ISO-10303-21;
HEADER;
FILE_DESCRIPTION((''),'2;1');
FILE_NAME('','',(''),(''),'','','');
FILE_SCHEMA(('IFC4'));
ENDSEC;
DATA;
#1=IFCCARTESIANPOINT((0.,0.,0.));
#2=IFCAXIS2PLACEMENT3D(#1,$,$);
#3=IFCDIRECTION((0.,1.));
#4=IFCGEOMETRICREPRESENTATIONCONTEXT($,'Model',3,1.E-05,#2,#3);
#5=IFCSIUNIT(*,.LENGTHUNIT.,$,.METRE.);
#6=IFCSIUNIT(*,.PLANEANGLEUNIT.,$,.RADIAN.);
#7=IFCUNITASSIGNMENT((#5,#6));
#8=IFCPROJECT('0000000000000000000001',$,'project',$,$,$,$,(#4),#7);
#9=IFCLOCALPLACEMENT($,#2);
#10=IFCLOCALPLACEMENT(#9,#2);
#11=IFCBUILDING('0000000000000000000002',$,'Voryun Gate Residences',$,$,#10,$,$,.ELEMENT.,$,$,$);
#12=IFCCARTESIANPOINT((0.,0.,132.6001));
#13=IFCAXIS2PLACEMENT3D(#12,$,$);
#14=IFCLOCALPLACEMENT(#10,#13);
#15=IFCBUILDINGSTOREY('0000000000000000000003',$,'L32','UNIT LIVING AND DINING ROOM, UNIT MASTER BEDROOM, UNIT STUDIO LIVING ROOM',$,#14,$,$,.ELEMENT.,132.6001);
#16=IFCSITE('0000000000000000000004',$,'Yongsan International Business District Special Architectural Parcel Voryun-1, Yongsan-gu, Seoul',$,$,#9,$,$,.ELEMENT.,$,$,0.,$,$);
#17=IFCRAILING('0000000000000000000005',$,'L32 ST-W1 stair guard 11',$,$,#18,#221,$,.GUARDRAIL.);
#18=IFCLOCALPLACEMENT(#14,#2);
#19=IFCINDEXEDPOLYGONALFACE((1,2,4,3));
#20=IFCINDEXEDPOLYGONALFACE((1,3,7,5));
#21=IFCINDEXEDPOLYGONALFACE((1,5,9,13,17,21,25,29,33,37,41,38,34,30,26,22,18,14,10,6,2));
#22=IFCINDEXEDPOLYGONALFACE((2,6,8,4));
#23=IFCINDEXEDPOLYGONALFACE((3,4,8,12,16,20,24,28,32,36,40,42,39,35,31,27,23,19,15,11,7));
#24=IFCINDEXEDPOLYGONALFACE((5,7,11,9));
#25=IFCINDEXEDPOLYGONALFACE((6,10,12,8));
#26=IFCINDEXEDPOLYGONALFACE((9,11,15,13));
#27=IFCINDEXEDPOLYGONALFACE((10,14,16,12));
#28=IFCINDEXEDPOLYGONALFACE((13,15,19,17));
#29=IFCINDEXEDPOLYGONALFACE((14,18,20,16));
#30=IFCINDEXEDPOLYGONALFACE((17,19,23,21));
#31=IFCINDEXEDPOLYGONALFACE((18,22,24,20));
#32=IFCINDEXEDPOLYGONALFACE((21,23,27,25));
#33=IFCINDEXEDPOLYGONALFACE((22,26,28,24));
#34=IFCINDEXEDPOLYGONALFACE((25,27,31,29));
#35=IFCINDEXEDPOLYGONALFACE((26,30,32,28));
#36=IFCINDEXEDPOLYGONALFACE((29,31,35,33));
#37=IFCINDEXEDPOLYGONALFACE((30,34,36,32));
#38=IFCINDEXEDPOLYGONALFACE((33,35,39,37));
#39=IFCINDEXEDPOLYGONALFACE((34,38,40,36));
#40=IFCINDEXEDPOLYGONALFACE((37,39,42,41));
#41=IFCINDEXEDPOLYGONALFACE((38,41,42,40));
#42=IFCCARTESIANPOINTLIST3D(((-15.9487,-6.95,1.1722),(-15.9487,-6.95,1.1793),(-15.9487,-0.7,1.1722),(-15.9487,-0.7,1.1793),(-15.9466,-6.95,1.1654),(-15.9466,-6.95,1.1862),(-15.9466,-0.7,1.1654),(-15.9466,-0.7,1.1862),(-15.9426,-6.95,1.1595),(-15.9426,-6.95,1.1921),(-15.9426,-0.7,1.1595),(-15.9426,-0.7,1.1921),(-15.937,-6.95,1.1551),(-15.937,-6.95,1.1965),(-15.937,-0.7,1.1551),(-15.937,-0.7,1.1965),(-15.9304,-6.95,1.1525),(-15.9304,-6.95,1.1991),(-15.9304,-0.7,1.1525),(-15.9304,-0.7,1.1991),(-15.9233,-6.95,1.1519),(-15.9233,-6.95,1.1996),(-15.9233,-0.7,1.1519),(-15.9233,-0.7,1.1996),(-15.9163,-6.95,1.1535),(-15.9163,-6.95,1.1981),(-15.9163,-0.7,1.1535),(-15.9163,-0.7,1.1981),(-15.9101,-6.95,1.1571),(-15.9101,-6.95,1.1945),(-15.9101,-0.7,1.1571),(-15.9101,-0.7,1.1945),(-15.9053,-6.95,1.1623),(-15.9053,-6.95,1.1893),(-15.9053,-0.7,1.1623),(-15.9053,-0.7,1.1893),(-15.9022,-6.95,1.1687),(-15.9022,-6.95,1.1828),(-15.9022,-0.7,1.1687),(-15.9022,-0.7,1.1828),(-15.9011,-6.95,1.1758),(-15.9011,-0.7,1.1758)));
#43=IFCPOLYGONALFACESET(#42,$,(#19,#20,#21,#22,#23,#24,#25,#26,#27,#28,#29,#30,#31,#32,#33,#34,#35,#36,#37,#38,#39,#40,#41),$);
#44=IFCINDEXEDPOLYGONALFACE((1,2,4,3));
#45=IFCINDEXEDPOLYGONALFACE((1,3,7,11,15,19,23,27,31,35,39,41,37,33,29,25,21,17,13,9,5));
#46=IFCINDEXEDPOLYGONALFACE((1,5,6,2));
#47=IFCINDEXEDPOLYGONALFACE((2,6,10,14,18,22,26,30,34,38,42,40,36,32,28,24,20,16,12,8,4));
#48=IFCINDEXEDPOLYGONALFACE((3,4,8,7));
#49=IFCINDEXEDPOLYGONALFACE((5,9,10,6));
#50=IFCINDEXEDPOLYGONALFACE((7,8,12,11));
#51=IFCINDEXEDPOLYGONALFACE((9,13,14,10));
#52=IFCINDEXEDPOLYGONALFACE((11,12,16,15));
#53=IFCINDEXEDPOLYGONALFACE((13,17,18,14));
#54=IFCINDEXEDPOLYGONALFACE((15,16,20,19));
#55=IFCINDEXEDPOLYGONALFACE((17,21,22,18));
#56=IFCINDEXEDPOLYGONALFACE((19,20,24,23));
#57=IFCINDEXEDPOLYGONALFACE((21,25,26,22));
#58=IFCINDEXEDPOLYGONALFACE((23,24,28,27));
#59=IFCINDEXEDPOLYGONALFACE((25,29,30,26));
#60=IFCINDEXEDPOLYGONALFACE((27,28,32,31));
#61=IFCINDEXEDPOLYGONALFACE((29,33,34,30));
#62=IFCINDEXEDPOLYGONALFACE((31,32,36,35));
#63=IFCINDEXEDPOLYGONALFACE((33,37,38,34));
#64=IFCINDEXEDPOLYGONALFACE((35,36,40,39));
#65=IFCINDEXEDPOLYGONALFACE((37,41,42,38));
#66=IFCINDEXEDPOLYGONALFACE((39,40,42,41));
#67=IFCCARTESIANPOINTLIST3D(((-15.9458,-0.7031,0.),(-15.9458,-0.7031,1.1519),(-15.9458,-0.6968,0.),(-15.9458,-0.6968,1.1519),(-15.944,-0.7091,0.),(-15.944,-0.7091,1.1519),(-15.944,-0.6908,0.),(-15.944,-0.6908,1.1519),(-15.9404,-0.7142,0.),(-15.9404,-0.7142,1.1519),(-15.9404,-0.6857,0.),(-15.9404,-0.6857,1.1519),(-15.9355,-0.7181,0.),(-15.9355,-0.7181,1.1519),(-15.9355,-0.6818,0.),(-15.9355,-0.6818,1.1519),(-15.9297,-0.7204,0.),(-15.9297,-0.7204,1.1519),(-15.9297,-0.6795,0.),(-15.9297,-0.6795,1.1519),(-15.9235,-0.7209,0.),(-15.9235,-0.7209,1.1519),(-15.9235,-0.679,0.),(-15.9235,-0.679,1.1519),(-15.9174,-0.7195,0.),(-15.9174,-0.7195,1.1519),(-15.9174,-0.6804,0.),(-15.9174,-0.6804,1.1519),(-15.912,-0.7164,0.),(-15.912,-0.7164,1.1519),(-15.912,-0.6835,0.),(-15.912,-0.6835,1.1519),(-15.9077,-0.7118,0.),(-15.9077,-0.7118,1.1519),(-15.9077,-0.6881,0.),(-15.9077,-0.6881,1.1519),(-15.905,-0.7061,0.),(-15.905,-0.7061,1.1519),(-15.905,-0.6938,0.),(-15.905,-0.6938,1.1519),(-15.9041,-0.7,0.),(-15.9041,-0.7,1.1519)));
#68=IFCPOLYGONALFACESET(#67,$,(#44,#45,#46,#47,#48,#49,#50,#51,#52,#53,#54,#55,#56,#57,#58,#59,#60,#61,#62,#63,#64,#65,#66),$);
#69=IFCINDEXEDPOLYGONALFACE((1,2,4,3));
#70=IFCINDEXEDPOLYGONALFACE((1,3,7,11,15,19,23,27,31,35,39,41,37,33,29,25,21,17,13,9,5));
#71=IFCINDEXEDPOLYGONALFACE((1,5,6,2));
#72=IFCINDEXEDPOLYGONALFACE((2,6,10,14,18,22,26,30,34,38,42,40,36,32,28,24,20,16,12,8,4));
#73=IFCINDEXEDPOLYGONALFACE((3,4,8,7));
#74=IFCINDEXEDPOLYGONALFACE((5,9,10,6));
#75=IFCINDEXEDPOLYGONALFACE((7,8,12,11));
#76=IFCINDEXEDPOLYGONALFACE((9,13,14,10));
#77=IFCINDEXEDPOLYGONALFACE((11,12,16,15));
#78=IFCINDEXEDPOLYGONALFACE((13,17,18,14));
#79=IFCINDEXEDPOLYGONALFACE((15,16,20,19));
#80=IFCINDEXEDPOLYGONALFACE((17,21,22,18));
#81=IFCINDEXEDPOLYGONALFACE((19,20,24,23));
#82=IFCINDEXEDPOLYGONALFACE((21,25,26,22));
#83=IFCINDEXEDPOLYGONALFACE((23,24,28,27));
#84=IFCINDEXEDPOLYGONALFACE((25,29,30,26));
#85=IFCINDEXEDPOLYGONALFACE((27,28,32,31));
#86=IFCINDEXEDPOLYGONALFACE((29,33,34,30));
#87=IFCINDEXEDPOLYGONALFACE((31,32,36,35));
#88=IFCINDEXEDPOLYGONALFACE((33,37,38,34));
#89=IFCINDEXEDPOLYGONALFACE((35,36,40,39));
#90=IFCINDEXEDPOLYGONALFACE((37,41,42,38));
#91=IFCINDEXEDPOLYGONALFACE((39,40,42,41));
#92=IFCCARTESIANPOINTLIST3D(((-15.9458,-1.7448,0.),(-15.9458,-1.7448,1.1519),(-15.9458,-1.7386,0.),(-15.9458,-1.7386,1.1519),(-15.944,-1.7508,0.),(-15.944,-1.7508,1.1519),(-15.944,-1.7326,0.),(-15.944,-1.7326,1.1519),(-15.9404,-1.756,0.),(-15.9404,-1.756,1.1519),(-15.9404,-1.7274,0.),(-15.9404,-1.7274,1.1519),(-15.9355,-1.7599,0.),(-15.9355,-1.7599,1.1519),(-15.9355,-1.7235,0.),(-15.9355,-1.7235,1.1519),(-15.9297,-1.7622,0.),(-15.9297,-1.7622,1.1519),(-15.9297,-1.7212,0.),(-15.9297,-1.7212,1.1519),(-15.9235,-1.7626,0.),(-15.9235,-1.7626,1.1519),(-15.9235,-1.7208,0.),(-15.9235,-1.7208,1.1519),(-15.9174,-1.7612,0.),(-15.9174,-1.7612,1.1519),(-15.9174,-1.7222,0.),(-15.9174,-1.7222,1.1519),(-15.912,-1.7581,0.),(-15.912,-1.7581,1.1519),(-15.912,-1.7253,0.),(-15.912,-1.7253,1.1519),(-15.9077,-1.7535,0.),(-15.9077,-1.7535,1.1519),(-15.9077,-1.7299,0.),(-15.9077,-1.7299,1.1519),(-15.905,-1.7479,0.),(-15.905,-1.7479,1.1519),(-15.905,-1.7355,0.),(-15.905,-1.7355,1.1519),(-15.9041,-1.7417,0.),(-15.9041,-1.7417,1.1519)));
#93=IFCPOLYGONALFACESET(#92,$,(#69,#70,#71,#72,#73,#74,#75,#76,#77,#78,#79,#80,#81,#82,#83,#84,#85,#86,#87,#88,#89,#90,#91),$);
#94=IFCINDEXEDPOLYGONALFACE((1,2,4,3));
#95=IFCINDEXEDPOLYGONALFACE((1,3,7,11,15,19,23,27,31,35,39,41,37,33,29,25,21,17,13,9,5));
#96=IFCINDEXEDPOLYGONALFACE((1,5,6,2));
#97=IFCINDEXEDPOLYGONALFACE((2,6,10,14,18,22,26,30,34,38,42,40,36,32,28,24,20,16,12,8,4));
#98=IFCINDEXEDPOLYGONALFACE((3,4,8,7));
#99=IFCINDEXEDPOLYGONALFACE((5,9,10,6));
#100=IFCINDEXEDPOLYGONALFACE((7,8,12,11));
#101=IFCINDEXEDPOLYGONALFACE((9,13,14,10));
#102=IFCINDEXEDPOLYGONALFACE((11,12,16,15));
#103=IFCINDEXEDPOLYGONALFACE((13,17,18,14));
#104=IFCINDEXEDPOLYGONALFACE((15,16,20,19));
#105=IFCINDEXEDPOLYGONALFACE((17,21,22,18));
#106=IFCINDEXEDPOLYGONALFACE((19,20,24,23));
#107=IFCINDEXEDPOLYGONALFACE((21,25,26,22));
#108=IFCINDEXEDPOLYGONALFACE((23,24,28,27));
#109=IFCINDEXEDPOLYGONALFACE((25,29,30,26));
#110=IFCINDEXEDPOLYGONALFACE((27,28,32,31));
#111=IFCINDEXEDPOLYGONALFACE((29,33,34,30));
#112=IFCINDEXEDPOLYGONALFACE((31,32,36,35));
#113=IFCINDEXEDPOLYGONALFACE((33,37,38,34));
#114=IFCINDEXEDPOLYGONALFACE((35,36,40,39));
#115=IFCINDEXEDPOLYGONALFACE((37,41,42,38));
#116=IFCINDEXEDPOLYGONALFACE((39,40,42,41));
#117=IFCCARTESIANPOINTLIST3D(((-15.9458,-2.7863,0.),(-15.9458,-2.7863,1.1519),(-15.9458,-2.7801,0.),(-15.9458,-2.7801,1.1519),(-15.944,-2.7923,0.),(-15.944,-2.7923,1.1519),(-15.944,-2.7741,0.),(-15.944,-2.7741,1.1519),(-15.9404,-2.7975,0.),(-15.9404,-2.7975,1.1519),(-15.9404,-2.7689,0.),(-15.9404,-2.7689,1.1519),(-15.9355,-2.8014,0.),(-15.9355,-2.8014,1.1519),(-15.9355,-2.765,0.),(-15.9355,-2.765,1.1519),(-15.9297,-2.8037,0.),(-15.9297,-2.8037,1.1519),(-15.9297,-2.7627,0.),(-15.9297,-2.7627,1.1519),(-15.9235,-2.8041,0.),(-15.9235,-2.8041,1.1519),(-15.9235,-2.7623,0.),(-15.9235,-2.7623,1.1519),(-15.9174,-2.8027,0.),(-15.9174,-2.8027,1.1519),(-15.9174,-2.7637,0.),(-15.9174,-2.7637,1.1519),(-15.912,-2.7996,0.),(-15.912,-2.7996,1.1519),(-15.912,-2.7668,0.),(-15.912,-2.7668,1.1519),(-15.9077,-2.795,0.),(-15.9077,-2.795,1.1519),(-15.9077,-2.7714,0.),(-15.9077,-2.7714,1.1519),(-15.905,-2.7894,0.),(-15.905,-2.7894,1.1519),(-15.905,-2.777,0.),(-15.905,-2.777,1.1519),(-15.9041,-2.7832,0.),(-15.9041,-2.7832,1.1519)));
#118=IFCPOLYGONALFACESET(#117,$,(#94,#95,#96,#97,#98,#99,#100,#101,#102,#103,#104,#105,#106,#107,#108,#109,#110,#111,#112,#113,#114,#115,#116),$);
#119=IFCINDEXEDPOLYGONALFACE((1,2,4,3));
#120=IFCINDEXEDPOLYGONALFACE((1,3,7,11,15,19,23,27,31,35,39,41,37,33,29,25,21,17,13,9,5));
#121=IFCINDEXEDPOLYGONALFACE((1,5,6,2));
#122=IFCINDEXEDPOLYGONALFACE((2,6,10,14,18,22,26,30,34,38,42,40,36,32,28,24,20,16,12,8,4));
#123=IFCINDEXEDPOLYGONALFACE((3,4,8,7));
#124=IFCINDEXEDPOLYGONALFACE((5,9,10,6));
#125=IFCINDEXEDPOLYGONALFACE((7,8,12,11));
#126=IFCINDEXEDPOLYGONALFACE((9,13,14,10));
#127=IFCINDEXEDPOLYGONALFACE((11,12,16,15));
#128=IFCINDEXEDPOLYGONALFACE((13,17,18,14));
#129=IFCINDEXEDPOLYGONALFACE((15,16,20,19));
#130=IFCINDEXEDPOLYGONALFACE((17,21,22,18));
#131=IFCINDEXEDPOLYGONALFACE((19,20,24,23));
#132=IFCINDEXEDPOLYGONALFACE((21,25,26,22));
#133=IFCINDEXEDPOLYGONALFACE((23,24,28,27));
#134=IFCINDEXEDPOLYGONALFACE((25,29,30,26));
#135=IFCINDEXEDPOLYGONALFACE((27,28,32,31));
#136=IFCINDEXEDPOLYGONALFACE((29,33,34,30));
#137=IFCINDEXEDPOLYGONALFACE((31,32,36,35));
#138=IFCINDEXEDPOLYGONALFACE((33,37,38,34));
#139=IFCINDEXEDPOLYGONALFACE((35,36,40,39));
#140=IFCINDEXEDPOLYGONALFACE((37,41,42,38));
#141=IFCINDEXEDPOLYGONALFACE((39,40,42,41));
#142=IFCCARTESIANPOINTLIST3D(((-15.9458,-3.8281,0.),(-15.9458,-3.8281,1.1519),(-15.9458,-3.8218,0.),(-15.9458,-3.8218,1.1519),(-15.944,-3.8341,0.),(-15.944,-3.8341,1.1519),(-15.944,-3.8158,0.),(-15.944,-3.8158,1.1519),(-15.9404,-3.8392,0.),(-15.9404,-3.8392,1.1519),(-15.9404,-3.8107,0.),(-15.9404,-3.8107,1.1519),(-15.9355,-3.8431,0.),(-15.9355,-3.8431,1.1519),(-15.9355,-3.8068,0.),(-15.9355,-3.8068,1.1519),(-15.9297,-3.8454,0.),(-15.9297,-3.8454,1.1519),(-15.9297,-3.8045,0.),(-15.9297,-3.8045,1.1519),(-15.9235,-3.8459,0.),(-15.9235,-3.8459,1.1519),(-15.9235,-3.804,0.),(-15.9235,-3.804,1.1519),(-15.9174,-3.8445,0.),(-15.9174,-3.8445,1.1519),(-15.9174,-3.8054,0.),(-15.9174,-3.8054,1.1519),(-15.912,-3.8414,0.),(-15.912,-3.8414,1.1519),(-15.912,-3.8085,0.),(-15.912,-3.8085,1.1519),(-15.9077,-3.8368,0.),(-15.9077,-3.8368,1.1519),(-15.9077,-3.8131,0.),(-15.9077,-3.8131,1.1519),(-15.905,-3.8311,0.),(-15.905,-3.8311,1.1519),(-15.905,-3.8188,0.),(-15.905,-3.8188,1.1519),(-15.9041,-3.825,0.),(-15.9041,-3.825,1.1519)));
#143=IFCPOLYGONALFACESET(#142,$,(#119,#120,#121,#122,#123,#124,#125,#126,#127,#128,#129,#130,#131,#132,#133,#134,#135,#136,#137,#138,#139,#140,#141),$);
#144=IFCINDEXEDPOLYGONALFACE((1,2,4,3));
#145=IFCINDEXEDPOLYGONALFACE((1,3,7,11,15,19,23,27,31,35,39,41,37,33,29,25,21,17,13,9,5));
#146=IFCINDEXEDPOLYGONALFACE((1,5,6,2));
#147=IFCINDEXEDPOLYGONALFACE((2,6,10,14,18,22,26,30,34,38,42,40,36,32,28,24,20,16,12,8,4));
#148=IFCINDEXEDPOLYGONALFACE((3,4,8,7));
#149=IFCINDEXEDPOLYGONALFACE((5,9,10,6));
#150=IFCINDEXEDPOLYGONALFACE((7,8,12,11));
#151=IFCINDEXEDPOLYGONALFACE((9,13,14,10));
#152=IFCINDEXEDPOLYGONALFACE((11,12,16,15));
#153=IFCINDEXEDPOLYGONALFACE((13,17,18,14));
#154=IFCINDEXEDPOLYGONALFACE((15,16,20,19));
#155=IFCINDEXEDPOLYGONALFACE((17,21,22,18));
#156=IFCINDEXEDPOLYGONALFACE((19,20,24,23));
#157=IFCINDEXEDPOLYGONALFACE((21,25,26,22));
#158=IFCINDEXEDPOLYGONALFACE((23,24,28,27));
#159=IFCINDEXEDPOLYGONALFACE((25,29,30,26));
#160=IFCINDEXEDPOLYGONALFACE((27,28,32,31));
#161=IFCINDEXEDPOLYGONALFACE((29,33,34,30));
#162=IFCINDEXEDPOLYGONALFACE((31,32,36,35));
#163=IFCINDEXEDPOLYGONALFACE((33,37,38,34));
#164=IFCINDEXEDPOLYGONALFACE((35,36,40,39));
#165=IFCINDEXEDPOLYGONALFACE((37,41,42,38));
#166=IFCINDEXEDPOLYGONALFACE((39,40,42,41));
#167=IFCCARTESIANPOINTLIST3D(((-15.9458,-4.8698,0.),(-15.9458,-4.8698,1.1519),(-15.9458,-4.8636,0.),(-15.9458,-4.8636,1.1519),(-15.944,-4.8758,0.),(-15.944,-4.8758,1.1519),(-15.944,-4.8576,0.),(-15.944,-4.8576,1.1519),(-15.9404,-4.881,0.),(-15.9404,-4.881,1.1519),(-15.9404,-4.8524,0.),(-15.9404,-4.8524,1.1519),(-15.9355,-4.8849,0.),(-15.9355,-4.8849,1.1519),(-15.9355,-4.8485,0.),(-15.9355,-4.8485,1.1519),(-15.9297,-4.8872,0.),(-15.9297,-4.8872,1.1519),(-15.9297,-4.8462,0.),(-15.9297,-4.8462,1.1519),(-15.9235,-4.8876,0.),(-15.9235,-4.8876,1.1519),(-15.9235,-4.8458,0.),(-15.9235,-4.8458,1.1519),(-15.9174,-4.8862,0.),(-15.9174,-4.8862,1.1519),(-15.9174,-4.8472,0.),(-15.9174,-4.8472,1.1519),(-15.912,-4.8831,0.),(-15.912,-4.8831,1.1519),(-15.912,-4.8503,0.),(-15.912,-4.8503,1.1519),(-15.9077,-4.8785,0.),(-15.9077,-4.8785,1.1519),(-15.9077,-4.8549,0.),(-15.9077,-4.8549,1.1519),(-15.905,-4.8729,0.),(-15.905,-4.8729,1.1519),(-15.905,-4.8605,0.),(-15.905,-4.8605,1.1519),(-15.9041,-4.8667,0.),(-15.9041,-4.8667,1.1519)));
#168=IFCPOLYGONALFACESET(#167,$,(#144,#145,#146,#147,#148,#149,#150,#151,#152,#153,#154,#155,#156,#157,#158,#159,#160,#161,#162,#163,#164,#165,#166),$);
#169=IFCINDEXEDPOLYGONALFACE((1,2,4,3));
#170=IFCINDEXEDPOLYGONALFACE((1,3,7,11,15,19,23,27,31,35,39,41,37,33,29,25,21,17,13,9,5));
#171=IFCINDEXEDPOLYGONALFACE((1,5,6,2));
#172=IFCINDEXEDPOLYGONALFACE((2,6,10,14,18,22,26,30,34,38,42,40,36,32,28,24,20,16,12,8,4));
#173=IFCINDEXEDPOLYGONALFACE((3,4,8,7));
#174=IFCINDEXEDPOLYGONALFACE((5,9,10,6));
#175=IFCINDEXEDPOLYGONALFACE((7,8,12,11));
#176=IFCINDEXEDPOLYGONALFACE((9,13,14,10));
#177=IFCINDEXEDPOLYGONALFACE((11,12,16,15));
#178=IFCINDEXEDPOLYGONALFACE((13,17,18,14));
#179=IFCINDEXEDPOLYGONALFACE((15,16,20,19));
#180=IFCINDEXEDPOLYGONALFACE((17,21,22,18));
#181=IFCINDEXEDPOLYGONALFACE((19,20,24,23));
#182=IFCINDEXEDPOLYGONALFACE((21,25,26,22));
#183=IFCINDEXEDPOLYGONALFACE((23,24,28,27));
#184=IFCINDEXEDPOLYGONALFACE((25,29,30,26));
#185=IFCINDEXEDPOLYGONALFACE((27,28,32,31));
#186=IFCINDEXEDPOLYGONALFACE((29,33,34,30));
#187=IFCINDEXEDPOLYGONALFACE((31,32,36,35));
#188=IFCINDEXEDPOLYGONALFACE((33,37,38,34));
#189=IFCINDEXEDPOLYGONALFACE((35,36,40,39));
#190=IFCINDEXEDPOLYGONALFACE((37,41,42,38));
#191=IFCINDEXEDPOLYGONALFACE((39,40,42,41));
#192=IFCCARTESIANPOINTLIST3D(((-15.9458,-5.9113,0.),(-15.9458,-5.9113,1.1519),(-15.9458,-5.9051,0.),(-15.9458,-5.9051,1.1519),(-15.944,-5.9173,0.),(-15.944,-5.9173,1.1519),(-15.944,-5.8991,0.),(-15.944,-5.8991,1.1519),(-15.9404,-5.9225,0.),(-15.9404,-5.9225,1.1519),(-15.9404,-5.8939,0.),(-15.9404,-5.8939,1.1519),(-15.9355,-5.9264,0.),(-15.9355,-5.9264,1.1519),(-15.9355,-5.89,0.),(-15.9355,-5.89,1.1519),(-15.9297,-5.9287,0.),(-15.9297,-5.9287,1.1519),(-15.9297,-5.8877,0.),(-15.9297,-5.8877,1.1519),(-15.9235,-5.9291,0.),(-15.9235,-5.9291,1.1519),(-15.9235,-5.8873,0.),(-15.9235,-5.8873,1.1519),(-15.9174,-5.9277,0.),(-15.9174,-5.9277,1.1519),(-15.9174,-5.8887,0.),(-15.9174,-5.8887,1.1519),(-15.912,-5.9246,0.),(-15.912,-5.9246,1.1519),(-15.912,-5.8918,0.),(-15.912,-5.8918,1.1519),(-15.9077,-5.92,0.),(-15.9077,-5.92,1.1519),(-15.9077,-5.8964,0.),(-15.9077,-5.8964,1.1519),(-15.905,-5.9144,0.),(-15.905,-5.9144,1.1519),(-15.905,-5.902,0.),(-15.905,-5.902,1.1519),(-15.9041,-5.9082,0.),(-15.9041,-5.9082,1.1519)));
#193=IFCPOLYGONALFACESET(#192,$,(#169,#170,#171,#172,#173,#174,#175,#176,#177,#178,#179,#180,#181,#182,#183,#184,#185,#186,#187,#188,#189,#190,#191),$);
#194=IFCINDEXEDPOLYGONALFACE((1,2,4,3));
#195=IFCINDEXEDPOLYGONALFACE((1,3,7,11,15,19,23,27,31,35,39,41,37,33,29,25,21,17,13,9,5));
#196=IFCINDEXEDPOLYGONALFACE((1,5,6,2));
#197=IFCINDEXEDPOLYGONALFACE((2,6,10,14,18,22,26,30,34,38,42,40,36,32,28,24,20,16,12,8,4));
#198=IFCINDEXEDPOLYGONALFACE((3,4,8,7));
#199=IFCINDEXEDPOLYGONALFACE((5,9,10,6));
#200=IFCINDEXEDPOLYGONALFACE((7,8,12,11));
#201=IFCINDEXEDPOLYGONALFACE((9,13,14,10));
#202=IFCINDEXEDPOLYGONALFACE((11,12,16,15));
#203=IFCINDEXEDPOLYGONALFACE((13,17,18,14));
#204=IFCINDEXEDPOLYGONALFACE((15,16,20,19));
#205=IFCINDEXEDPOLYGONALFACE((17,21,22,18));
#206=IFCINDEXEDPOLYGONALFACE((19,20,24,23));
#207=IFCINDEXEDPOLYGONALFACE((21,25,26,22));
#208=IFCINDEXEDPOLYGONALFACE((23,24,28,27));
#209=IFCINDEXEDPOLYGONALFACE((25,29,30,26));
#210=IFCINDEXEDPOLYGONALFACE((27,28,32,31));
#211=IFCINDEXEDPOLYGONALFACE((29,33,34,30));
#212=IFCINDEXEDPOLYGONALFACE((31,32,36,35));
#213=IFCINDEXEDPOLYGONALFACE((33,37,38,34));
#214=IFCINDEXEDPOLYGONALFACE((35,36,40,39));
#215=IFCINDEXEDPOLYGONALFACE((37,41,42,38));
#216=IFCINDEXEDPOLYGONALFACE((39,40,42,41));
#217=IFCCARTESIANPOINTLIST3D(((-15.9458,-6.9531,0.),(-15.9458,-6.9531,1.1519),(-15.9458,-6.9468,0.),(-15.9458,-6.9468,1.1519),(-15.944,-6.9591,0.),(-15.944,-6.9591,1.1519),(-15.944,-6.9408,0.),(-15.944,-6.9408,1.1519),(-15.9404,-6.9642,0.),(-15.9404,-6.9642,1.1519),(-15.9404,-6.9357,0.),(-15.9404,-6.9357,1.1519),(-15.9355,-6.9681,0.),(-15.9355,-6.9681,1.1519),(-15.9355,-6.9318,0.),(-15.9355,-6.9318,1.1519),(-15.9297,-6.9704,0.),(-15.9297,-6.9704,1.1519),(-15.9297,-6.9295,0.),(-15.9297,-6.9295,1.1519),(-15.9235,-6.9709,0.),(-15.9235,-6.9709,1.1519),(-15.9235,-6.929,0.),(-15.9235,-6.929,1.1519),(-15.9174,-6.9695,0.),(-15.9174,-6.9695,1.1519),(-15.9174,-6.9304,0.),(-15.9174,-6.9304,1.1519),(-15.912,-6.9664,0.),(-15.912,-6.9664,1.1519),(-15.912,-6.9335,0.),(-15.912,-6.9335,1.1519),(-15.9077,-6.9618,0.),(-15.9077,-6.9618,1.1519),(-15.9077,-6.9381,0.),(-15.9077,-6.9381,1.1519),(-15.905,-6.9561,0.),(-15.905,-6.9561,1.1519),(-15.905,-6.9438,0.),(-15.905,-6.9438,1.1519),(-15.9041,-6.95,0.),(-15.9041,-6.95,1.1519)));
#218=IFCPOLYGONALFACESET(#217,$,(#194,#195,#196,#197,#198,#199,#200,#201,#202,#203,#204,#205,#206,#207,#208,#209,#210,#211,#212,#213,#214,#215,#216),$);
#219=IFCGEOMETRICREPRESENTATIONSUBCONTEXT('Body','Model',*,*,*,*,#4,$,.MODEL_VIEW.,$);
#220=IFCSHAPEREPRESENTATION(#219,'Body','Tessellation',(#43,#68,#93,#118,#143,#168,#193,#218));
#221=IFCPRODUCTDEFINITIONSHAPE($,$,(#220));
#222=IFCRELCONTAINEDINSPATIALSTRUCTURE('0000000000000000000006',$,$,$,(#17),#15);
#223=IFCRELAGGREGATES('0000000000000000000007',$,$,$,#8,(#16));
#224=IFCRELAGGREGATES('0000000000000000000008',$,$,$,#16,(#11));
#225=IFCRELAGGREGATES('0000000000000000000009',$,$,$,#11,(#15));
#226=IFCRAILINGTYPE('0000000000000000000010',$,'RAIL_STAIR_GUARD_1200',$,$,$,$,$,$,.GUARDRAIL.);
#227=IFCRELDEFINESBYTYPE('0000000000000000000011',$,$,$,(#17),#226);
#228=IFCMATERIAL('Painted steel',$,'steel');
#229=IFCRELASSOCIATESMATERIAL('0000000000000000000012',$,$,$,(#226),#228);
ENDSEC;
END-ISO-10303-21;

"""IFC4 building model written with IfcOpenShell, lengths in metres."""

from ifc_helpers import new_model, si_unit, direction, frame, origin, origin_2d, place, context, subcontext, project, spatial, circle, extrude, material, type_object, element, save


model = new_model("IFC4")

# Units and contexts
model_context = context("Model", 3, precision=1e-05, world=origin(), true_north=direction((0.0, 1.0)))
body_context = subcontext(model_context, "Body", "Model", "MODEL_VIEW")
ifc_project = project(units=[si_unit("LENGTHUNIT", "METRE"), si_unit("PLANEANGLEUNIT", "RADIAN")], contexts=[model_context])

# Site, building, storey
site_placement = place(None, origin())
site = spatial("IfcSite", under=ifc_project, at=site_placement, Name="Yongsan International Business District Special Architectural Parcel Voryun-1, Yongsan-gu, Seoul", CompositionType="ELEMENT", RefElevation=0.0)
building_placement = place(site_placement, origin())
building = spatial("IfcBuilding", under=site, at=building_placement, Name="Voryun Gate Residences", CompositionType="ELEMENT")
storey_placement = place(building_placement, frame((0.0, 0.0, 132.6001)))
storey = spatial("IfcBuildingStorey", under=building, at=storey_placement, Name="L32", Description="UNIT LIVING AND DINING ROOM, UNIT MASTER BEDROOM, UNIT STUDIO LIVING ROOM", CompositionType="ELEMENT", Elevation=132.6001)

# Railing
ifc_material_1 = material(Name="Painted steel", Category="steel")
railing_type = type_object("IfcRailingType", Name="RAIL_STAIR_GUARD_1200", PredefinedType="GUARDRAIL", material=ifc_material_1)
railing_1_placement = place(storey_placement, frame((-15.925, -0.7, 0.0)))
element("IfcRailing", 1, at=railing_1_placement, inside=storey, type_object=railing_type, Name="L32 ST-W1 stair guard 11", PredefinedType="GUARDRAIL", context=body_context, shape_type="SweptSolid", body=[
    extrude(circle(Radius=0.0239, at=origin_2d()), frame((0.0, 0.0, 1.1758), z_axis=(0.0, -1.0, 0.0), x_axis=(1.0, 0.0, 0.0)), (0.0, 0.0, 1.0), 6.25),
    extrude(circle(Radius=0.021, at=origin_2d()), origin(), (0.0, 0.0, 1.0), 1.1519),
    extrude(circle(Radius=0.021, at=origin_2d()), frame((0.0, -1.0417, 0.0)), (0.0, 0.0, 1.0), 1.1519),
    extrude(circle(Radius=0.021, at=origin_2d()), frame((0.0, -2.0833, 0.0)), (0.0, 0.0, 1.0), 1.1519),
    extrude(circle(Radius=0.021, at=origin_2d()), frame((0.0, -3.125, 0.0)), (0.0, 0.0, 1.0), 1.1519),
    extrude(circle(Radius=0.021, at=origin_2d()), frame((0.0, -4.1667, 0.0)), (0.0, 0.0, 1.0), 1.1519),
    extrude(circle(Radius=0.021, at=origin_2d()), frame((0.0, -5.2083, 0.0)), (0.0, 0.0, 1.0), 1.1519),
    extrude(circle(Radius=0.021, at=origin_2d()), frame((0.0, -6.25, 0.0)), (0.0, 0.0, 1.0), 1.1519),
])

save(model, "model.ifc")
